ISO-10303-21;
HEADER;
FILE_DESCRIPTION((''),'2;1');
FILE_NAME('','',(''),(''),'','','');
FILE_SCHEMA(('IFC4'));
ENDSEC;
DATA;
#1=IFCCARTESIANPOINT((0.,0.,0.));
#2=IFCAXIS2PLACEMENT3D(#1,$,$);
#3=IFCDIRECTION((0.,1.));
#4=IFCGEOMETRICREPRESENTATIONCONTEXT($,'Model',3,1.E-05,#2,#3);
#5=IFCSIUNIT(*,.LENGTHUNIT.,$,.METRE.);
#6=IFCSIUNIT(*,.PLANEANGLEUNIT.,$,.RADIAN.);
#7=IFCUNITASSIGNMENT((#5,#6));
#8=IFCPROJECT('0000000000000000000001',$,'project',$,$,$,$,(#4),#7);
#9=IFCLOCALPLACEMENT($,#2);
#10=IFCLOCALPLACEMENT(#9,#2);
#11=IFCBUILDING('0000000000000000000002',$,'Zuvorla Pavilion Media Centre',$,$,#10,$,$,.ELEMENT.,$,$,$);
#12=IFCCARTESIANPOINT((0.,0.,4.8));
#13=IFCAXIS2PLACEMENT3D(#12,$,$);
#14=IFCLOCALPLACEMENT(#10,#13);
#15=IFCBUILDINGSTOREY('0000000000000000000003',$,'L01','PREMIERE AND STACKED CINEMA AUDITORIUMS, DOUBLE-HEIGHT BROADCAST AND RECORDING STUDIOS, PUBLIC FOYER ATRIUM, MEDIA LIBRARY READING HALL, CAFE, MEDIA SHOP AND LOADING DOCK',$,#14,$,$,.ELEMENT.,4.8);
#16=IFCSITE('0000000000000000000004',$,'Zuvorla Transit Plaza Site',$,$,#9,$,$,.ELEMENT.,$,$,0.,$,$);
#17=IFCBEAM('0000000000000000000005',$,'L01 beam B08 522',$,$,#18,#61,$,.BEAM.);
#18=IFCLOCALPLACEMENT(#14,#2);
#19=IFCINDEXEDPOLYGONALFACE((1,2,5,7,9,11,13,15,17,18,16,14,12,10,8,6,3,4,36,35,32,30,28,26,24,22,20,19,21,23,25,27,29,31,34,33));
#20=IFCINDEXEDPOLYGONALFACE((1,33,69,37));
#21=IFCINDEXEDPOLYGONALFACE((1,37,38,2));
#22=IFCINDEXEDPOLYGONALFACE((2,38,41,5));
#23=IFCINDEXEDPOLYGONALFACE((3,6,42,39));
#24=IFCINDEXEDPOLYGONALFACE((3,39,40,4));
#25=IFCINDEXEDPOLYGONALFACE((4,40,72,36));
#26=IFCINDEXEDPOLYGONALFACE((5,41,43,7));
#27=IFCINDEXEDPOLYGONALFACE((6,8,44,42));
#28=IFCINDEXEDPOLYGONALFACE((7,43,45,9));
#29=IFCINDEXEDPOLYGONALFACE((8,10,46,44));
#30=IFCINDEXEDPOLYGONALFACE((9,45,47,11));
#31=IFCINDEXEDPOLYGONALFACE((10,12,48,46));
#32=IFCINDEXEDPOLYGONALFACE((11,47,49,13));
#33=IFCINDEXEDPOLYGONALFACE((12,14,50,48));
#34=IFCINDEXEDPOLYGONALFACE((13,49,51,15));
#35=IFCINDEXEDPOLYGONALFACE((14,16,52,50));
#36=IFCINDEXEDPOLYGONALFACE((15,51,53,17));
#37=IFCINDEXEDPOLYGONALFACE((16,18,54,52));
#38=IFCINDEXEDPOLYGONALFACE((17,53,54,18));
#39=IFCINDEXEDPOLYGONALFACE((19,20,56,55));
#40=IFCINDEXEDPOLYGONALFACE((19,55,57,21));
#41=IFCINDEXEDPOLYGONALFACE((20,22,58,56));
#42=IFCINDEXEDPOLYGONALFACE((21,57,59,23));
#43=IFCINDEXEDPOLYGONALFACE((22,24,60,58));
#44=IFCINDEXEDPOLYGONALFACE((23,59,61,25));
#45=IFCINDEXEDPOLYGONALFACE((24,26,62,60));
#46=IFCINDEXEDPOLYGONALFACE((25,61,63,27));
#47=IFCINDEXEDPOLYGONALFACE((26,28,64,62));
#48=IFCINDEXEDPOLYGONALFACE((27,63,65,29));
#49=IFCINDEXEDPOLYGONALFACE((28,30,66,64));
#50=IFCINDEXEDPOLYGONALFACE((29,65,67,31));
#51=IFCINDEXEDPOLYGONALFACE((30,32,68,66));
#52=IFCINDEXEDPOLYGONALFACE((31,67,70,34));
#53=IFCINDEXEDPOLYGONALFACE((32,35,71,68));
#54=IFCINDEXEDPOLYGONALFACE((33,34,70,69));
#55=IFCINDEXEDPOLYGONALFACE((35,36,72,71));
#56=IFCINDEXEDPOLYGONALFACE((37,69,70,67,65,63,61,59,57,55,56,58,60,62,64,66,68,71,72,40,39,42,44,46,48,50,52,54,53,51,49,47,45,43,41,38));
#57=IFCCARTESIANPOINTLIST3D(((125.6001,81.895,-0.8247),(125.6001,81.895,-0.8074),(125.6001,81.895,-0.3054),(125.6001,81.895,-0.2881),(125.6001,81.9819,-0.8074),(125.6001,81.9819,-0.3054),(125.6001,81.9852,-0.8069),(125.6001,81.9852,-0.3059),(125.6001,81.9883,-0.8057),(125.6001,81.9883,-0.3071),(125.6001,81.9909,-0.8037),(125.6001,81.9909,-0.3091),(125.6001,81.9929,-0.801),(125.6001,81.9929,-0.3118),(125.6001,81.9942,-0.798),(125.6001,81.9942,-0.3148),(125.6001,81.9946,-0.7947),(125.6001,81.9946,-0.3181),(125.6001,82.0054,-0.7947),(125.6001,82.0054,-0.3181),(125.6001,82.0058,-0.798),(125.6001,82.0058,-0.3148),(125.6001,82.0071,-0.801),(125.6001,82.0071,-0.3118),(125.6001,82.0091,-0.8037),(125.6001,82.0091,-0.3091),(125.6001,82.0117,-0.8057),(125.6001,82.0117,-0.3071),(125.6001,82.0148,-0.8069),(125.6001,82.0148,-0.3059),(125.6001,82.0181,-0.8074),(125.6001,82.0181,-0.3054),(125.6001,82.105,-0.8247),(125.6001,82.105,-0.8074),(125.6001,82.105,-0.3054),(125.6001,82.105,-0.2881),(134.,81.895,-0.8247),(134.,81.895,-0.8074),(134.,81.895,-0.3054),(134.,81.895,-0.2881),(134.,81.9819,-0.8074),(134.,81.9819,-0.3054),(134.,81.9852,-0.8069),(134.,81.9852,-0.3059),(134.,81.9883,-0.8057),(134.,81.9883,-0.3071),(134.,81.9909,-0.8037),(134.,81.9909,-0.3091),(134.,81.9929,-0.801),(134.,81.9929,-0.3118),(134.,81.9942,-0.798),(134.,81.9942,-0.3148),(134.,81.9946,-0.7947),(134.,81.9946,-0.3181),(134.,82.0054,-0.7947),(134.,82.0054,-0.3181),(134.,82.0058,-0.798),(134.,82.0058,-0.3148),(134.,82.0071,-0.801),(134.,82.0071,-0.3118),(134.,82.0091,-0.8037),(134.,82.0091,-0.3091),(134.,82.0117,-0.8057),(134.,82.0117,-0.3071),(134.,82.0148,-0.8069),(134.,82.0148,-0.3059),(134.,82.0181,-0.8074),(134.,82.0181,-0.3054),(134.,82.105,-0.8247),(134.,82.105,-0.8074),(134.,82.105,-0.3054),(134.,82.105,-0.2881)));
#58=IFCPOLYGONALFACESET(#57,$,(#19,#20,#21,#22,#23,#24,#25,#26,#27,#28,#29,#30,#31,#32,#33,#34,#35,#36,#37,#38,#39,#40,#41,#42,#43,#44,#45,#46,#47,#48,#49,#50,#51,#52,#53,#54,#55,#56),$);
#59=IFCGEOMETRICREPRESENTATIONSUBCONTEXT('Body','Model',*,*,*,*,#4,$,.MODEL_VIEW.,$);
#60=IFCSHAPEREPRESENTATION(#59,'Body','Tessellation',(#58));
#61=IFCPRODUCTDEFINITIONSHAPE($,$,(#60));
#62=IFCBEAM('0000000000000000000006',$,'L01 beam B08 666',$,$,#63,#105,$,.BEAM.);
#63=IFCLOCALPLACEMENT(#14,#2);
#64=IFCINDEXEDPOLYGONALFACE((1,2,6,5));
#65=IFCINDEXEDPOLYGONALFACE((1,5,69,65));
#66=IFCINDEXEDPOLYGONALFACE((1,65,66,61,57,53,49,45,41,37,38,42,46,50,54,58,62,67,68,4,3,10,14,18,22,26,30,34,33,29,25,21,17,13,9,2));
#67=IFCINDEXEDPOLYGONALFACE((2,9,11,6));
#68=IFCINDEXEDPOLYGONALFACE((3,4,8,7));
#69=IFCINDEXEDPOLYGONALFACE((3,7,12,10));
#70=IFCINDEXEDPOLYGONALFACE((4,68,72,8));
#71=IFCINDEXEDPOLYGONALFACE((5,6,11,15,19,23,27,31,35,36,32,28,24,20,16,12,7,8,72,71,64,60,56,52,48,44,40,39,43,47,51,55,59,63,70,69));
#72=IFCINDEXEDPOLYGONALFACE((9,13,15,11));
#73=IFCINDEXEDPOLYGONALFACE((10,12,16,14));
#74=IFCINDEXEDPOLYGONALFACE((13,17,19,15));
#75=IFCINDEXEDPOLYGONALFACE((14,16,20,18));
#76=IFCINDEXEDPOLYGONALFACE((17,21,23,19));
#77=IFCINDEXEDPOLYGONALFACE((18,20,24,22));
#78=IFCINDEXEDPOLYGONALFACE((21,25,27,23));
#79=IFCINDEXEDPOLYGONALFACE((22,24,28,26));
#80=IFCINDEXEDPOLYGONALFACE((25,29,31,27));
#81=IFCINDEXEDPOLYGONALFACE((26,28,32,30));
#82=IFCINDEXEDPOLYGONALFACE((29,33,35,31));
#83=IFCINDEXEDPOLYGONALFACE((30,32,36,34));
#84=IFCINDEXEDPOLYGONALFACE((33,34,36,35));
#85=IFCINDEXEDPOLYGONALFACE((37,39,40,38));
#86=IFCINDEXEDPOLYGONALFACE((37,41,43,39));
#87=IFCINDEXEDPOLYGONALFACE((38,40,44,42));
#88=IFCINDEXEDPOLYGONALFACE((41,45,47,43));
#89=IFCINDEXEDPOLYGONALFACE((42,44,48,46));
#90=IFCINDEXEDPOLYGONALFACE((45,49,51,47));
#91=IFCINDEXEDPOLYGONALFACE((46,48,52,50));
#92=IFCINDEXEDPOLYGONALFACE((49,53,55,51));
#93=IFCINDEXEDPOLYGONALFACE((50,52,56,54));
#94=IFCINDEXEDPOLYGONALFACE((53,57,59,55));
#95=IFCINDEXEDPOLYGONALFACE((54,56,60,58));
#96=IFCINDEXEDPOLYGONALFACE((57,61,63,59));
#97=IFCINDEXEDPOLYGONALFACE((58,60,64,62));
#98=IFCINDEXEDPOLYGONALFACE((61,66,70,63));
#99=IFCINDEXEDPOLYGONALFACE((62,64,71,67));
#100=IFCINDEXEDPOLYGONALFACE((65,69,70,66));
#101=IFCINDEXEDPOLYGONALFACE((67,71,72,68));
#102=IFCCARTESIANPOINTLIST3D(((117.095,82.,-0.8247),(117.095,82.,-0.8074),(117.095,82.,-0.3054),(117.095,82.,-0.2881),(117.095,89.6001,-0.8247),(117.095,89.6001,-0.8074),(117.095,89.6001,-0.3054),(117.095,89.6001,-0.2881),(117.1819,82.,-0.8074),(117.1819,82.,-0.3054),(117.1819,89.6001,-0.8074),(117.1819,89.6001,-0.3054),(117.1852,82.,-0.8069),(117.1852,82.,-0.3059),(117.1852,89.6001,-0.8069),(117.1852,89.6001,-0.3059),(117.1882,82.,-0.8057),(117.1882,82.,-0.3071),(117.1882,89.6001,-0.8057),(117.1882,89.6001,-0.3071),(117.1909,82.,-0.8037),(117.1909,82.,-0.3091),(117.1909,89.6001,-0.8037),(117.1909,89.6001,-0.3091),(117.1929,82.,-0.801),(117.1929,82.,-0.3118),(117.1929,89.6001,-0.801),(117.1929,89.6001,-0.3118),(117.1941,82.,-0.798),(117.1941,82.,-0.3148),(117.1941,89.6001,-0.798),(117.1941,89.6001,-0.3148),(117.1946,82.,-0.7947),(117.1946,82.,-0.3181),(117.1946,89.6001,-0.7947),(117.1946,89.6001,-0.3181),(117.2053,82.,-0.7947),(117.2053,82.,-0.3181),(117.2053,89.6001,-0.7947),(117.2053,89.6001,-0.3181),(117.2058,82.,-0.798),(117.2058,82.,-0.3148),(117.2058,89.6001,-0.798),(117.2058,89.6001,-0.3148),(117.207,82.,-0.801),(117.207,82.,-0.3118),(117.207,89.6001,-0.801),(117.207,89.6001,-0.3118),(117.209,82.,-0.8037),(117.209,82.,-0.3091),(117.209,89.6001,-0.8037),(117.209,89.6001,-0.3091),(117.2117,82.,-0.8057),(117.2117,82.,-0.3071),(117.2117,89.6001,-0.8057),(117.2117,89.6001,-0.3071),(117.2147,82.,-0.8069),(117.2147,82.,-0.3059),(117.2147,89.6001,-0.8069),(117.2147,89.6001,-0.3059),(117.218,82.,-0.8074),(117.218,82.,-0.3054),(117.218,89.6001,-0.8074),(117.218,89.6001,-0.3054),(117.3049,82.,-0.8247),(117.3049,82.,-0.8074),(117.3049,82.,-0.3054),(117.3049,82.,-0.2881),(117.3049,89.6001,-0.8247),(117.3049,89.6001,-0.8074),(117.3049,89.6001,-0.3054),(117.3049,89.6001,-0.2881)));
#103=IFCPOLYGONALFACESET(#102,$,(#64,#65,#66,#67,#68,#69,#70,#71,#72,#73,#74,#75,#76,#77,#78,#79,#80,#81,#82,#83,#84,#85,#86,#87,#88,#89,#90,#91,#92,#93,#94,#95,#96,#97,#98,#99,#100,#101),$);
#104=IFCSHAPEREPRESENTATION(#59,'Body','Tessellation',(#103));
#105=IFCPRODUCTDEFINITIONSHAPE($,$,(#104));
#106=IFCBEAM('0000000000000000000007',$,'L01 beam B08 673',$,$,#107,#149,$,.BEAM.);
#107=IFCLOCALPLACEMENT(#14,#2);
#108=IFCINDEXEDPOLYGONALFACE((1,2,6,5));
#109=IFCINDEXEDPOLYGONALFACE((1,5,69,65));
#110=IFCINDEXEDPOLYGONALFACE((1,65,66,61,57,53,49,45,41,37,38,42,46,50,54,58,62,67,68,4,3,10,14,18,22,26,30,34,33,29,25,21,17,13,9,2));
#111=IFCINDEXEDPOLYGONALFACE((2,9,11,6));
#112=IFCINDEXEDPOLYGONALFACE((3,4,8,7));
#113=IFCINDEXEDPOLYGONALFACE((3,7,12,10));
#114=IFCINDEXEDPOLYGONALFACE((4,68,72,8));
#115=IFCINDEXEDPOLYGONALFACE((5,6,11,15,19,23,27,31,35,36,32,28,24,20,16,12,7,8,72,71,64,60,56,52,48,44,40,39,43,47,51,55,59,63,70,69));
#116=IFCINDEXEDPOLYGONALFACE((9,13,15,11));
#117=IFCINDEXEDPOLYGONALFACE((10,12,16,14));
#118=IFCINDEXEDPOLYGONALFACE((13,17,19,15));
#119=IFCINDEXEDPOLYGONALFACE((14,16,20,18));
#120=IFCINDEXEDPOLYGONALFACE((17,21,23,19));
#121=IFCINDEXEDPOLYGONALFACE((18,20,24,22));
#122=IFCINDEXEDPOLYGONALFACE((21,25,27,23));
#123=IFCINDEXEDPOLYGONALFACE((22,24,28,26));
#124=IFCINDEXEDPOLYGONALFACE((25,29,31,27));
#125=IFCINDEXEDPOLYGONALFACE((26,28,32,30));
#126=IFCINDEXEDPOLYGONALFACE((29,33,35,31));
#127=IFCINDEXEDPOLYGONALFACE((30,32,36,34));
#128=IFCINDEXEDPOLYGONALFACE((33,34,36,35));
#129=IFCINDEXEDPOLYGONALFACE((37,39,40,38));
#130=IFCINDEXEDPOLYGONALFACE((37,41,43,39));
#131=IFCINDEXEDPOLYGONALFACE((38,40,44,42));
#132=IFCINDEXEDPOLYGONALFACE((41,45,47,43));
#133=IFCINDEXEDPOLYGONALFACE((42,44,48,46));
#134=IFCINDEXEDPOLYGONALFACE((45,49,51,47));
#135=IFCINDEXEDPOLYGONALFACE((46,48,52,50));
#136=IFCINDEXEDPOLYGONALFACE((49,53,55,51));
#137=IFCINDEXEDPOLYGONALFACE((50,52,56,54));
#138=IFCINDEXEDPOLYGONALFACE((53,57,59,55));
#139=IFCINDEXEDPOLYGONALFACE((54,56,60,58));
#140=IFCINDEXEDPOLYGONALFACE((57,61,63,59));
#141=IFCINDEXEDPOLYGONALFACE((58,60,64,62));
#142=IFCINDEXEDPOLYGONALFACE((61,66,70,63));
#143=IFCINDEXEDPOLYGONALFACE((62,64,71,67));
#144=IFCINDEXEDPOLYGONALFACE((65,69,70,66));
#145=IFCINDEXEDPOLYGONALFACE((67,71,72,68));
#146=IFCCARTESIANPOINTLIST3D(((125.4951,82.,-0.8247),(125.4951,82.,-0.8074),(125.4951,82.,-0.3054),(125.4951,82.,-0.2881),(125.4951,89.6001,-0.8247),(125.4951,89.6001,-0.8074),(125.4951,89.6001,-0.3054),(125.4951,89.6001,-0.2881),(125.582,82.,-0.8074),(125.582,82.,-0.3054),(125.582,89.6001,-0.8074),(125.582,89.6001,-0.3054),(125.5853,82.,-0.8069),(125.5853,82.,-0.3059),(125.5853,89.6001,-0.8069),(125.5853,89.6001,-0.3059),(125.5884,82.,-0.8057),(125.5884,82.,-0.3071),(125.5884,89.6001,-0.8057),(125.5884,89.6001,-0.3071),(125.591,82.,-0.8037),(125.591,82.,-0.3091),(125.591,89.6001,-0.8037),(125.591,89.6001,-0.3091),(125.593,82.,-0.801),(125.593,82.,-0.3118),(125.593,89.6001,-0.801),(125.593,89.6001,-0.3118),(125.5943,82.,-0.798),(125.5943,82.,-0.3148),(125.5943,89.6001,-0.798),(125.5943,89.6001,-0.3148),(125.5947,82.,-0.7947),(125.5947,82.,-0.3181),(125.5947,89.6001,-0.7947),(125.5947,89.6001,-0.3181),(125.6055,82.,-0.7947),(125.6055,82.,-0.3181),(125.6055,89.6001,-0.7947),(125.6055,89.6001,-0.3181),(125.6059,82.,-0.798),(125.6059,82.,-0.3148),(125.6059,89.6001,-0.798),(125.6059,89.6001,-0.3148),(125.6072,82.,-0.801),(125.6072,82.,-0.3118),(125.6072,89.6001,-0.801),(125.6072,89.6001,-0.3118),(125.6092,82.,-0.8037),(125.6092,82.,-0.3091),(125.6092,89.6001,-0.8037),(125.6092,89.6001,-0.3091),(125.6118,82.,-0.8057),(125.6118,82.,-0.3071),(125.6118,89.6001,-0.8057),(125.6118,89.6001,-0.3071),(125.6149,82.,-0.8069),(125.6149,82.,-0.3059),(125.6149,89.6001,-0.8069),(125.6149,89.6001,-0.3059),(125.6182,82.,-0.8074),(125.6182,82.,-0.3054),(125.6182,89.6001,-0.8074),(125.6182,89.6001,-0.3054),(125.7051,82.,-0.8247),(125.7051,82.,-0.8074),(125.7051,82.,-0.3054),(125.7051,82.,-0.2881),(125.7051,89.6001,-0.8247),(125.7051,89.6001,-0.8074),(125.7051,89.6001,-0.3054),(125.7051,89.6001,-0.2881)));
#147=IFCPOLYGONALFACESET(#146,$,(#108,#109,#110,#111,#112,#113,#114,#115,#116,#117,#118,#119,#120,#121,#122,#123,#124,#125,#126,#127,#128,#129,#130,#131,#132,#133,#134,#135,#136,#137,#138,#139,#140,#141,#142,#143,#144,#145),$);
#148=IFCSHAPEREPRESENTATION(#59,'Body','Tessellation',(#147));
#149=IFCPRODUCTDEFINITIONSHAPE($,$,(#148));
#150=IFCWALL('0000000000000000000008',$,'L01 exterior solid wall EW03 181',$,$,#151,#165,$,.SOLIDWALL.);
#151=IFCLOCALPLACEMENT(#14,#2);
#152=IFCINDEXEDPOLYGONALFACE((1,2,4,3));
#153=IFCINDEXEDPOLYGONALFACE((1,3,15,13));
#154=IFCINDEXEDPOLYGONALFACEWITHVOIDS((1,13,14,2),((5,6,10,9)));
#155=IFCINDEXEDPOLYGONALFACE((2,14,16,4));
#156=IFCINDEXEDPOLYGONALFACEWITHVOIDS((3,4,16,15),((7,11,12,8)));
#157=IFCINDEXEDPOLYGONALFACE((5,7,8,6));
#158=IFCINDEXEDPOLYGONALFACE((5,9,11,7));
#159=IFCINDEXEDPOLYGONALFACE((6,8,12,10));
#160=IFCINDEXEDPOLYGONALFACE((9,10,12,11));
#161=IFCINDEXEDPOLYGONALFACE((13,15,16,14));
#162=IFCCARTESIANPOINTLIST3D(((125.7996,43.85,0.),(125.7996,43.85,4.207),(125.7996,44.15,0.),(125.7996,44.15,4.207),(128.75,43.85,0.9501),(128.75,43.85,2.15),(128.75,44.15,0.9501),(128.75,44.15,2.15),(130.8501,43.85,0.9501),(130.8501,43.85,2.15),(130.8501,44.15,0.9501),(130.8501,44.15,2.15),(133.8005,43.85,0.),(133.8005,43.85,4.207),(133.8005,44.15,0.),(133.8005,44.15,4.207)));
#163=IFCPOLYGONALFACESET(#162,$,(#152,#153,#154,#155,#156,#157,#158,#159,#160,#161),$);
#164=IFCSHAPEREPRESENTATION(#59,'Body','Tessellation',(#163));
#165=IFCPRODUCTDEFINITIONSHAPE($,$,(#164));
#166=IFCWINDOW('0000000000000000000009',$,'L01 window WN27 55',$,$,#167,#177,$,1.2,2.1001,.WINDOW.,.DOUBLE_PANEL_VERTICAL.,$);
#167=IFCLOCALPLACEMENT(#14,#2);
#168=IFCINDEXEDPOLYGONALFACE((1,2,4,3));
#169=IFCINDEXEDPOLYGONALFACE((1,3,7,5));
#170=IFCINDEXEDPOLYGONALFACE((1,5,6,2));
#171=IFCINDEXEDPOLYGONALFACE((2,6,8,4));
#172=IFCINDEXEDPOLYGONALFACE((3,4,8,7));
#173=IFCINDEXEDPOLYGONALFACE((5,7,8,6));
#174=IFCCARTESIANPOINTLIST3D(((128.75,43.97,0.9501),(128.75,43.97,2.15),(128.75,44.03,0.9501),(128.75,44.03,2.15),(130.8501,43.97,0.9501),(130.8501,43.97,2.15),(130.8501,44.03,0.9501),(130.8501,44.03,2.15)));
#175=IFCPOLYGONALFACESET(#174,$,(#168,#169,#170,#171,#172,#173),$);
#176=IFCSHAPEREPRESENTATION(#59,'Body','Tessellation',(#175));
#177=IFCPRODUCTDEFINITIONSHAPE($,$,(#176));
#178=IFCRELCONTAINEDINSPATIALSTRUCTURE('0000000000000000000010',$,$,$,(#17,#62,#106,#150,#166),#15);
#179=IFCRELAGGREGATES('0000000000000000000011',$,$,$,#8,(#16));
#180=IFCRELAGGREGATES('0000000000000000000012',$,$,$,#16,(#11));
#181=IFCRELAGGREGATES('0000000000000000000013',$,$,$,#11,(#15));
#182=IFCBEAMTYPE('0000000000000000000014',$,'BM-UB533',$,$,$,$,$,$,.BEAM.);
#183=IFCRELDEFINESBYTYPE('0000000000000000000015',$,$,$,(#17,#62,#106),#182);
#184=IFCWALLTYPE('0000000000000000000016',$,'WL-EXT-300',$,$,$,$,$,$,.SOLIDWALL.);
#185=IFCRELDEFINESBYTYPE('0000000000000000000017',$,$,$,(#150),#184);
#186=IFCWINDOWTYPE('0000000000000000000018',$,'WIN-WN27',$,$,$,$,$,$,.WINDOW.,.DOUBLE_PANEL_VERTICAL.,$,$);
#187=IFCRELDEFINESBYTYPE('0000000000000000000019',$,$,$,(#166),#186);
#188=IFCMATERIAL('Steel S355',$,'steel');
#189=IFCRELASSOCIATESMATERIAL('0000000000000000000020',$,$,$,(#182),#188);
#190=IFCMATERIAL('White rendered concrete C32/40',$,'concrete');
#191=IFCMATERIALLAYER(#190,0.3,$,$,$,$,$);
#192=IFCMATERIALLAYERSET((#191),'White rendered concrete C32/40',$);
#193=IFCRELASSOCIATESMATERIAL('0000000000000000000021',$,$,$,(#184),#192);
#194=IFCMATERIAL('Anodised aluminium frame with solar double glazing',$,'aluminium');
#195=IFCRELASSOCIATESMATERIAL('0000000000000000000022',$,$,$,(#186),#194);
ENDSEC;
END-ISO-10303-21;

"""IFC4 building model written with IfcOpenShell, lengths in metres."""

from ifc_helpers import new_model, si_unit, direction, frame, frame_2d, origin, origin_2d, place, context, subcontext, project, spatial, rectangle, i_section, extrude, material, layer, layer_set, material_profile, profile_set, type_object, element, fill, save


model = new_model("IFC4")

# Units and contexts
model_context = context("Model", 3, precision=1e-05, world=origin(), true_north=direction((0.0, 1.0)))
body_context = subcontext(model_context, "Body", "Model", "MODEL_VIEW")
ifc_project = project(units=[si_unit("LENGTHUNIT", "METRE"), si_unit("PLANEANGLEUNIT", "RADIAN")], contexts=[model_context])

# Site, building, storey
site_placement = place(None, origin())
site = spatial("IfcSite", under=ifc_project, at=site_placement, Name="Zuvorla Transit Plaza Site", CompositionType="ELEMENT", RefElevation=0.0)
building_placement = place(site_placement, origin())
building = spatial("IfcBuilding", under=site, at=building_placement, Name="Zuvorla Pavilion Media Centre", CompositionType="ELEMENT")
storey_placement = place(building_placement, frame((0.0, 0.0, 4.8)))
storey = spatial("IfcBuildingStorey", under=building, at=storey_placement, Name="L01", Description="PREMIERE AND STACKED CINEMA AUDITORIUMS, DOUBLE-HEIGHT BROADCAST AND RECORDING STUDIOS, PUBLIC FOYER ATRIUM, MEDIA LIBRARY READING HALL, CAFE, MEDIA SHOP AND LOADING DOCK", CompositionType="ELEMENT", Elevation=4.8)

# Shared definitions
ifc_material_1 = material(Name="Steel S355", Category="steel")

# Beams
ifc_material_profile_1 = material_profile(ifc_material_1, i_section(OverallWidth=0.21, OverallDepth=0.5366, WebThickness=0.0107, FlangeThickness=0.0173, FilletRadius=0.0127, at=origin_2d()), Name="UB 533x210x101")
ifc_profile_set_1 = profile_set([ifc_material_profile_1], Name="Steel S355")
beam_type_1 = type_object("IfcBeamType", Name="BM-UB533", PredefinedType="BEAM", material=ifc_profile_set_1)
beam_1_placement = place(storey_placement, frame((125.6001, 82.0, -0.5564), z_axis=(1.0, 0.0, 0.0), x_axis=(0.0, 1.0, 0.0)))
element("IfcBeam", 1, at=beam_1_placement, inside=storey, type_object=beam_type_1, Name="L01 beam B08 522", PredefinedType="BEAM", context=body_context, shape_type="SweptSolid", body=[
    extrude(i_section(OverallWidth=0.21, OverallDepth=0.5366, WebThickness=0.0107, FlangeThickness=0.0173, FilletRadius=0.0127, at=origin_2d()), origin(), (0.0, 0.0, 1.0), 8.3999),
])
for number, where, z_axis, x_axis, name in (
    (2, (117.2, 82.0, -0.5564), (0.0, 1.0, 0.0), (-1.0, 0.0, 0.0), "L01 beam B08 666"),
    (3, (125.6001, 82.0, -0.5564), (0.0, 1.0, 0.0), (-1.0, 0.0, 0.0), "L01 beam B08 673"),
):
    element("IfcBeam", number, at=place(storey_placement, frame(where, z_axis=z_axis, x_axis=x_axis)), inside=storey, type_object=beam_type_1, Name=name, PredefinedType="BEAM", context=body_context, shape_type="SweptSolid", body=[
        extrude(i_section(OverallWidth=0.21, OverallDepth=0.5366, WebThickness=0.0107, FlangeThickness=0.0173, FilletRadius=0.0127, at=origin_2d()), origin(), (0.0, 0.0, 1.0), 7.6001),
    ])

# Wall, opening, window
ifc_material_2 = material(Name="White rendered concrete C32/40", Category="concrete")
ifc_layer_1 = layer(ifc_material_2, 0.3)
ifc_layer_set_1 = layer_set([ifc_layer_1], Name="White rendered concrete C32/40")
wall_type_1 = type_object("IfcWallType", Name="WL-EXT-300", PredefinedType="SOLIDWALL", material=ifc_layer_set_1)
wall_1_placement = place(storey_placement, frame((133.8005, 44.0, 0.0), z_axis=(0.0, 0.0, 1.0), x_axis=(-1.0, 0.0, 0.0)))
wall_1 = element("IfcWall", 4, at=wall_1_placement, inside=storey, type_object=wall_type_1, Name="L01 exterior solid wall EW03 181", PredefinedType="SOLIDWALL", context=body_context, shape_type="SweptSolid", body=[
    extrude(rectangle(XDim=8.001, YDim=0.3, at=frame_2d((4.0005, 0.0))), origin(), (0.0, 0.0, 1.0), 4.207),
])
opening_1_placement = place(wall_1_placement, frame((2.9504, 0.0, 0.95)))
opening_1 = element("IfcOpeningElement", 5, at=opening_1_placement, cuts=wall_1, PredefinedType="OPENING", context=body_context, shape_type="SweptSolid", body=[
    extrude(rectangle(XDim=2.1001, YDim=1.2, at=frame_2d((1.05, 0.6001))), frame((0.0, 0.1599, 0.0), z_axis=(0.0, -1.0, 0.0), x_axis=(1.0, 0.0, 0.0)), (0.0, 0.0, 1.0), 0.3201),
])
ifc_material_3 = material(Name="Anodised aluminium frame with solar double glazing", Category="aluminium")
window_type_1 = type_object("IfcWindowType", Name="WIN-WN27", PartitioningType="DOUBLE_PANEL_VERTICAL", PredefinedType="WINDOW", material=ifc_material_3)
window_1_placement = place(opening_1_placement, origin())
window_1 = element("IfcWindow", 6, at=window_1_placement, inside=storey, type_object=window_type_1, Name="L01 window WN27 55", OverallHeight=1.2, OverallWidth=2.1001, PartitioningType="DOUBLE_PANEL_VERTICAL", PredefinedType="WINDOW", context=body_context, shape_type="SweptSolid", body=[
    extrude(rectangle(XDim=2.1001, YDim=1.2, at=frame_2d((1.05, 0.6001))), frame((0.0, 0.03, 0.0), z_axis=(0.0, -1.0, 0.0), x_axis=(1.0, 0.0, 0.0)), (0.0, 0.0, 1.0), 0.0601),
])
fill(opening_1, window_1)

save(model, "model.ifc")
